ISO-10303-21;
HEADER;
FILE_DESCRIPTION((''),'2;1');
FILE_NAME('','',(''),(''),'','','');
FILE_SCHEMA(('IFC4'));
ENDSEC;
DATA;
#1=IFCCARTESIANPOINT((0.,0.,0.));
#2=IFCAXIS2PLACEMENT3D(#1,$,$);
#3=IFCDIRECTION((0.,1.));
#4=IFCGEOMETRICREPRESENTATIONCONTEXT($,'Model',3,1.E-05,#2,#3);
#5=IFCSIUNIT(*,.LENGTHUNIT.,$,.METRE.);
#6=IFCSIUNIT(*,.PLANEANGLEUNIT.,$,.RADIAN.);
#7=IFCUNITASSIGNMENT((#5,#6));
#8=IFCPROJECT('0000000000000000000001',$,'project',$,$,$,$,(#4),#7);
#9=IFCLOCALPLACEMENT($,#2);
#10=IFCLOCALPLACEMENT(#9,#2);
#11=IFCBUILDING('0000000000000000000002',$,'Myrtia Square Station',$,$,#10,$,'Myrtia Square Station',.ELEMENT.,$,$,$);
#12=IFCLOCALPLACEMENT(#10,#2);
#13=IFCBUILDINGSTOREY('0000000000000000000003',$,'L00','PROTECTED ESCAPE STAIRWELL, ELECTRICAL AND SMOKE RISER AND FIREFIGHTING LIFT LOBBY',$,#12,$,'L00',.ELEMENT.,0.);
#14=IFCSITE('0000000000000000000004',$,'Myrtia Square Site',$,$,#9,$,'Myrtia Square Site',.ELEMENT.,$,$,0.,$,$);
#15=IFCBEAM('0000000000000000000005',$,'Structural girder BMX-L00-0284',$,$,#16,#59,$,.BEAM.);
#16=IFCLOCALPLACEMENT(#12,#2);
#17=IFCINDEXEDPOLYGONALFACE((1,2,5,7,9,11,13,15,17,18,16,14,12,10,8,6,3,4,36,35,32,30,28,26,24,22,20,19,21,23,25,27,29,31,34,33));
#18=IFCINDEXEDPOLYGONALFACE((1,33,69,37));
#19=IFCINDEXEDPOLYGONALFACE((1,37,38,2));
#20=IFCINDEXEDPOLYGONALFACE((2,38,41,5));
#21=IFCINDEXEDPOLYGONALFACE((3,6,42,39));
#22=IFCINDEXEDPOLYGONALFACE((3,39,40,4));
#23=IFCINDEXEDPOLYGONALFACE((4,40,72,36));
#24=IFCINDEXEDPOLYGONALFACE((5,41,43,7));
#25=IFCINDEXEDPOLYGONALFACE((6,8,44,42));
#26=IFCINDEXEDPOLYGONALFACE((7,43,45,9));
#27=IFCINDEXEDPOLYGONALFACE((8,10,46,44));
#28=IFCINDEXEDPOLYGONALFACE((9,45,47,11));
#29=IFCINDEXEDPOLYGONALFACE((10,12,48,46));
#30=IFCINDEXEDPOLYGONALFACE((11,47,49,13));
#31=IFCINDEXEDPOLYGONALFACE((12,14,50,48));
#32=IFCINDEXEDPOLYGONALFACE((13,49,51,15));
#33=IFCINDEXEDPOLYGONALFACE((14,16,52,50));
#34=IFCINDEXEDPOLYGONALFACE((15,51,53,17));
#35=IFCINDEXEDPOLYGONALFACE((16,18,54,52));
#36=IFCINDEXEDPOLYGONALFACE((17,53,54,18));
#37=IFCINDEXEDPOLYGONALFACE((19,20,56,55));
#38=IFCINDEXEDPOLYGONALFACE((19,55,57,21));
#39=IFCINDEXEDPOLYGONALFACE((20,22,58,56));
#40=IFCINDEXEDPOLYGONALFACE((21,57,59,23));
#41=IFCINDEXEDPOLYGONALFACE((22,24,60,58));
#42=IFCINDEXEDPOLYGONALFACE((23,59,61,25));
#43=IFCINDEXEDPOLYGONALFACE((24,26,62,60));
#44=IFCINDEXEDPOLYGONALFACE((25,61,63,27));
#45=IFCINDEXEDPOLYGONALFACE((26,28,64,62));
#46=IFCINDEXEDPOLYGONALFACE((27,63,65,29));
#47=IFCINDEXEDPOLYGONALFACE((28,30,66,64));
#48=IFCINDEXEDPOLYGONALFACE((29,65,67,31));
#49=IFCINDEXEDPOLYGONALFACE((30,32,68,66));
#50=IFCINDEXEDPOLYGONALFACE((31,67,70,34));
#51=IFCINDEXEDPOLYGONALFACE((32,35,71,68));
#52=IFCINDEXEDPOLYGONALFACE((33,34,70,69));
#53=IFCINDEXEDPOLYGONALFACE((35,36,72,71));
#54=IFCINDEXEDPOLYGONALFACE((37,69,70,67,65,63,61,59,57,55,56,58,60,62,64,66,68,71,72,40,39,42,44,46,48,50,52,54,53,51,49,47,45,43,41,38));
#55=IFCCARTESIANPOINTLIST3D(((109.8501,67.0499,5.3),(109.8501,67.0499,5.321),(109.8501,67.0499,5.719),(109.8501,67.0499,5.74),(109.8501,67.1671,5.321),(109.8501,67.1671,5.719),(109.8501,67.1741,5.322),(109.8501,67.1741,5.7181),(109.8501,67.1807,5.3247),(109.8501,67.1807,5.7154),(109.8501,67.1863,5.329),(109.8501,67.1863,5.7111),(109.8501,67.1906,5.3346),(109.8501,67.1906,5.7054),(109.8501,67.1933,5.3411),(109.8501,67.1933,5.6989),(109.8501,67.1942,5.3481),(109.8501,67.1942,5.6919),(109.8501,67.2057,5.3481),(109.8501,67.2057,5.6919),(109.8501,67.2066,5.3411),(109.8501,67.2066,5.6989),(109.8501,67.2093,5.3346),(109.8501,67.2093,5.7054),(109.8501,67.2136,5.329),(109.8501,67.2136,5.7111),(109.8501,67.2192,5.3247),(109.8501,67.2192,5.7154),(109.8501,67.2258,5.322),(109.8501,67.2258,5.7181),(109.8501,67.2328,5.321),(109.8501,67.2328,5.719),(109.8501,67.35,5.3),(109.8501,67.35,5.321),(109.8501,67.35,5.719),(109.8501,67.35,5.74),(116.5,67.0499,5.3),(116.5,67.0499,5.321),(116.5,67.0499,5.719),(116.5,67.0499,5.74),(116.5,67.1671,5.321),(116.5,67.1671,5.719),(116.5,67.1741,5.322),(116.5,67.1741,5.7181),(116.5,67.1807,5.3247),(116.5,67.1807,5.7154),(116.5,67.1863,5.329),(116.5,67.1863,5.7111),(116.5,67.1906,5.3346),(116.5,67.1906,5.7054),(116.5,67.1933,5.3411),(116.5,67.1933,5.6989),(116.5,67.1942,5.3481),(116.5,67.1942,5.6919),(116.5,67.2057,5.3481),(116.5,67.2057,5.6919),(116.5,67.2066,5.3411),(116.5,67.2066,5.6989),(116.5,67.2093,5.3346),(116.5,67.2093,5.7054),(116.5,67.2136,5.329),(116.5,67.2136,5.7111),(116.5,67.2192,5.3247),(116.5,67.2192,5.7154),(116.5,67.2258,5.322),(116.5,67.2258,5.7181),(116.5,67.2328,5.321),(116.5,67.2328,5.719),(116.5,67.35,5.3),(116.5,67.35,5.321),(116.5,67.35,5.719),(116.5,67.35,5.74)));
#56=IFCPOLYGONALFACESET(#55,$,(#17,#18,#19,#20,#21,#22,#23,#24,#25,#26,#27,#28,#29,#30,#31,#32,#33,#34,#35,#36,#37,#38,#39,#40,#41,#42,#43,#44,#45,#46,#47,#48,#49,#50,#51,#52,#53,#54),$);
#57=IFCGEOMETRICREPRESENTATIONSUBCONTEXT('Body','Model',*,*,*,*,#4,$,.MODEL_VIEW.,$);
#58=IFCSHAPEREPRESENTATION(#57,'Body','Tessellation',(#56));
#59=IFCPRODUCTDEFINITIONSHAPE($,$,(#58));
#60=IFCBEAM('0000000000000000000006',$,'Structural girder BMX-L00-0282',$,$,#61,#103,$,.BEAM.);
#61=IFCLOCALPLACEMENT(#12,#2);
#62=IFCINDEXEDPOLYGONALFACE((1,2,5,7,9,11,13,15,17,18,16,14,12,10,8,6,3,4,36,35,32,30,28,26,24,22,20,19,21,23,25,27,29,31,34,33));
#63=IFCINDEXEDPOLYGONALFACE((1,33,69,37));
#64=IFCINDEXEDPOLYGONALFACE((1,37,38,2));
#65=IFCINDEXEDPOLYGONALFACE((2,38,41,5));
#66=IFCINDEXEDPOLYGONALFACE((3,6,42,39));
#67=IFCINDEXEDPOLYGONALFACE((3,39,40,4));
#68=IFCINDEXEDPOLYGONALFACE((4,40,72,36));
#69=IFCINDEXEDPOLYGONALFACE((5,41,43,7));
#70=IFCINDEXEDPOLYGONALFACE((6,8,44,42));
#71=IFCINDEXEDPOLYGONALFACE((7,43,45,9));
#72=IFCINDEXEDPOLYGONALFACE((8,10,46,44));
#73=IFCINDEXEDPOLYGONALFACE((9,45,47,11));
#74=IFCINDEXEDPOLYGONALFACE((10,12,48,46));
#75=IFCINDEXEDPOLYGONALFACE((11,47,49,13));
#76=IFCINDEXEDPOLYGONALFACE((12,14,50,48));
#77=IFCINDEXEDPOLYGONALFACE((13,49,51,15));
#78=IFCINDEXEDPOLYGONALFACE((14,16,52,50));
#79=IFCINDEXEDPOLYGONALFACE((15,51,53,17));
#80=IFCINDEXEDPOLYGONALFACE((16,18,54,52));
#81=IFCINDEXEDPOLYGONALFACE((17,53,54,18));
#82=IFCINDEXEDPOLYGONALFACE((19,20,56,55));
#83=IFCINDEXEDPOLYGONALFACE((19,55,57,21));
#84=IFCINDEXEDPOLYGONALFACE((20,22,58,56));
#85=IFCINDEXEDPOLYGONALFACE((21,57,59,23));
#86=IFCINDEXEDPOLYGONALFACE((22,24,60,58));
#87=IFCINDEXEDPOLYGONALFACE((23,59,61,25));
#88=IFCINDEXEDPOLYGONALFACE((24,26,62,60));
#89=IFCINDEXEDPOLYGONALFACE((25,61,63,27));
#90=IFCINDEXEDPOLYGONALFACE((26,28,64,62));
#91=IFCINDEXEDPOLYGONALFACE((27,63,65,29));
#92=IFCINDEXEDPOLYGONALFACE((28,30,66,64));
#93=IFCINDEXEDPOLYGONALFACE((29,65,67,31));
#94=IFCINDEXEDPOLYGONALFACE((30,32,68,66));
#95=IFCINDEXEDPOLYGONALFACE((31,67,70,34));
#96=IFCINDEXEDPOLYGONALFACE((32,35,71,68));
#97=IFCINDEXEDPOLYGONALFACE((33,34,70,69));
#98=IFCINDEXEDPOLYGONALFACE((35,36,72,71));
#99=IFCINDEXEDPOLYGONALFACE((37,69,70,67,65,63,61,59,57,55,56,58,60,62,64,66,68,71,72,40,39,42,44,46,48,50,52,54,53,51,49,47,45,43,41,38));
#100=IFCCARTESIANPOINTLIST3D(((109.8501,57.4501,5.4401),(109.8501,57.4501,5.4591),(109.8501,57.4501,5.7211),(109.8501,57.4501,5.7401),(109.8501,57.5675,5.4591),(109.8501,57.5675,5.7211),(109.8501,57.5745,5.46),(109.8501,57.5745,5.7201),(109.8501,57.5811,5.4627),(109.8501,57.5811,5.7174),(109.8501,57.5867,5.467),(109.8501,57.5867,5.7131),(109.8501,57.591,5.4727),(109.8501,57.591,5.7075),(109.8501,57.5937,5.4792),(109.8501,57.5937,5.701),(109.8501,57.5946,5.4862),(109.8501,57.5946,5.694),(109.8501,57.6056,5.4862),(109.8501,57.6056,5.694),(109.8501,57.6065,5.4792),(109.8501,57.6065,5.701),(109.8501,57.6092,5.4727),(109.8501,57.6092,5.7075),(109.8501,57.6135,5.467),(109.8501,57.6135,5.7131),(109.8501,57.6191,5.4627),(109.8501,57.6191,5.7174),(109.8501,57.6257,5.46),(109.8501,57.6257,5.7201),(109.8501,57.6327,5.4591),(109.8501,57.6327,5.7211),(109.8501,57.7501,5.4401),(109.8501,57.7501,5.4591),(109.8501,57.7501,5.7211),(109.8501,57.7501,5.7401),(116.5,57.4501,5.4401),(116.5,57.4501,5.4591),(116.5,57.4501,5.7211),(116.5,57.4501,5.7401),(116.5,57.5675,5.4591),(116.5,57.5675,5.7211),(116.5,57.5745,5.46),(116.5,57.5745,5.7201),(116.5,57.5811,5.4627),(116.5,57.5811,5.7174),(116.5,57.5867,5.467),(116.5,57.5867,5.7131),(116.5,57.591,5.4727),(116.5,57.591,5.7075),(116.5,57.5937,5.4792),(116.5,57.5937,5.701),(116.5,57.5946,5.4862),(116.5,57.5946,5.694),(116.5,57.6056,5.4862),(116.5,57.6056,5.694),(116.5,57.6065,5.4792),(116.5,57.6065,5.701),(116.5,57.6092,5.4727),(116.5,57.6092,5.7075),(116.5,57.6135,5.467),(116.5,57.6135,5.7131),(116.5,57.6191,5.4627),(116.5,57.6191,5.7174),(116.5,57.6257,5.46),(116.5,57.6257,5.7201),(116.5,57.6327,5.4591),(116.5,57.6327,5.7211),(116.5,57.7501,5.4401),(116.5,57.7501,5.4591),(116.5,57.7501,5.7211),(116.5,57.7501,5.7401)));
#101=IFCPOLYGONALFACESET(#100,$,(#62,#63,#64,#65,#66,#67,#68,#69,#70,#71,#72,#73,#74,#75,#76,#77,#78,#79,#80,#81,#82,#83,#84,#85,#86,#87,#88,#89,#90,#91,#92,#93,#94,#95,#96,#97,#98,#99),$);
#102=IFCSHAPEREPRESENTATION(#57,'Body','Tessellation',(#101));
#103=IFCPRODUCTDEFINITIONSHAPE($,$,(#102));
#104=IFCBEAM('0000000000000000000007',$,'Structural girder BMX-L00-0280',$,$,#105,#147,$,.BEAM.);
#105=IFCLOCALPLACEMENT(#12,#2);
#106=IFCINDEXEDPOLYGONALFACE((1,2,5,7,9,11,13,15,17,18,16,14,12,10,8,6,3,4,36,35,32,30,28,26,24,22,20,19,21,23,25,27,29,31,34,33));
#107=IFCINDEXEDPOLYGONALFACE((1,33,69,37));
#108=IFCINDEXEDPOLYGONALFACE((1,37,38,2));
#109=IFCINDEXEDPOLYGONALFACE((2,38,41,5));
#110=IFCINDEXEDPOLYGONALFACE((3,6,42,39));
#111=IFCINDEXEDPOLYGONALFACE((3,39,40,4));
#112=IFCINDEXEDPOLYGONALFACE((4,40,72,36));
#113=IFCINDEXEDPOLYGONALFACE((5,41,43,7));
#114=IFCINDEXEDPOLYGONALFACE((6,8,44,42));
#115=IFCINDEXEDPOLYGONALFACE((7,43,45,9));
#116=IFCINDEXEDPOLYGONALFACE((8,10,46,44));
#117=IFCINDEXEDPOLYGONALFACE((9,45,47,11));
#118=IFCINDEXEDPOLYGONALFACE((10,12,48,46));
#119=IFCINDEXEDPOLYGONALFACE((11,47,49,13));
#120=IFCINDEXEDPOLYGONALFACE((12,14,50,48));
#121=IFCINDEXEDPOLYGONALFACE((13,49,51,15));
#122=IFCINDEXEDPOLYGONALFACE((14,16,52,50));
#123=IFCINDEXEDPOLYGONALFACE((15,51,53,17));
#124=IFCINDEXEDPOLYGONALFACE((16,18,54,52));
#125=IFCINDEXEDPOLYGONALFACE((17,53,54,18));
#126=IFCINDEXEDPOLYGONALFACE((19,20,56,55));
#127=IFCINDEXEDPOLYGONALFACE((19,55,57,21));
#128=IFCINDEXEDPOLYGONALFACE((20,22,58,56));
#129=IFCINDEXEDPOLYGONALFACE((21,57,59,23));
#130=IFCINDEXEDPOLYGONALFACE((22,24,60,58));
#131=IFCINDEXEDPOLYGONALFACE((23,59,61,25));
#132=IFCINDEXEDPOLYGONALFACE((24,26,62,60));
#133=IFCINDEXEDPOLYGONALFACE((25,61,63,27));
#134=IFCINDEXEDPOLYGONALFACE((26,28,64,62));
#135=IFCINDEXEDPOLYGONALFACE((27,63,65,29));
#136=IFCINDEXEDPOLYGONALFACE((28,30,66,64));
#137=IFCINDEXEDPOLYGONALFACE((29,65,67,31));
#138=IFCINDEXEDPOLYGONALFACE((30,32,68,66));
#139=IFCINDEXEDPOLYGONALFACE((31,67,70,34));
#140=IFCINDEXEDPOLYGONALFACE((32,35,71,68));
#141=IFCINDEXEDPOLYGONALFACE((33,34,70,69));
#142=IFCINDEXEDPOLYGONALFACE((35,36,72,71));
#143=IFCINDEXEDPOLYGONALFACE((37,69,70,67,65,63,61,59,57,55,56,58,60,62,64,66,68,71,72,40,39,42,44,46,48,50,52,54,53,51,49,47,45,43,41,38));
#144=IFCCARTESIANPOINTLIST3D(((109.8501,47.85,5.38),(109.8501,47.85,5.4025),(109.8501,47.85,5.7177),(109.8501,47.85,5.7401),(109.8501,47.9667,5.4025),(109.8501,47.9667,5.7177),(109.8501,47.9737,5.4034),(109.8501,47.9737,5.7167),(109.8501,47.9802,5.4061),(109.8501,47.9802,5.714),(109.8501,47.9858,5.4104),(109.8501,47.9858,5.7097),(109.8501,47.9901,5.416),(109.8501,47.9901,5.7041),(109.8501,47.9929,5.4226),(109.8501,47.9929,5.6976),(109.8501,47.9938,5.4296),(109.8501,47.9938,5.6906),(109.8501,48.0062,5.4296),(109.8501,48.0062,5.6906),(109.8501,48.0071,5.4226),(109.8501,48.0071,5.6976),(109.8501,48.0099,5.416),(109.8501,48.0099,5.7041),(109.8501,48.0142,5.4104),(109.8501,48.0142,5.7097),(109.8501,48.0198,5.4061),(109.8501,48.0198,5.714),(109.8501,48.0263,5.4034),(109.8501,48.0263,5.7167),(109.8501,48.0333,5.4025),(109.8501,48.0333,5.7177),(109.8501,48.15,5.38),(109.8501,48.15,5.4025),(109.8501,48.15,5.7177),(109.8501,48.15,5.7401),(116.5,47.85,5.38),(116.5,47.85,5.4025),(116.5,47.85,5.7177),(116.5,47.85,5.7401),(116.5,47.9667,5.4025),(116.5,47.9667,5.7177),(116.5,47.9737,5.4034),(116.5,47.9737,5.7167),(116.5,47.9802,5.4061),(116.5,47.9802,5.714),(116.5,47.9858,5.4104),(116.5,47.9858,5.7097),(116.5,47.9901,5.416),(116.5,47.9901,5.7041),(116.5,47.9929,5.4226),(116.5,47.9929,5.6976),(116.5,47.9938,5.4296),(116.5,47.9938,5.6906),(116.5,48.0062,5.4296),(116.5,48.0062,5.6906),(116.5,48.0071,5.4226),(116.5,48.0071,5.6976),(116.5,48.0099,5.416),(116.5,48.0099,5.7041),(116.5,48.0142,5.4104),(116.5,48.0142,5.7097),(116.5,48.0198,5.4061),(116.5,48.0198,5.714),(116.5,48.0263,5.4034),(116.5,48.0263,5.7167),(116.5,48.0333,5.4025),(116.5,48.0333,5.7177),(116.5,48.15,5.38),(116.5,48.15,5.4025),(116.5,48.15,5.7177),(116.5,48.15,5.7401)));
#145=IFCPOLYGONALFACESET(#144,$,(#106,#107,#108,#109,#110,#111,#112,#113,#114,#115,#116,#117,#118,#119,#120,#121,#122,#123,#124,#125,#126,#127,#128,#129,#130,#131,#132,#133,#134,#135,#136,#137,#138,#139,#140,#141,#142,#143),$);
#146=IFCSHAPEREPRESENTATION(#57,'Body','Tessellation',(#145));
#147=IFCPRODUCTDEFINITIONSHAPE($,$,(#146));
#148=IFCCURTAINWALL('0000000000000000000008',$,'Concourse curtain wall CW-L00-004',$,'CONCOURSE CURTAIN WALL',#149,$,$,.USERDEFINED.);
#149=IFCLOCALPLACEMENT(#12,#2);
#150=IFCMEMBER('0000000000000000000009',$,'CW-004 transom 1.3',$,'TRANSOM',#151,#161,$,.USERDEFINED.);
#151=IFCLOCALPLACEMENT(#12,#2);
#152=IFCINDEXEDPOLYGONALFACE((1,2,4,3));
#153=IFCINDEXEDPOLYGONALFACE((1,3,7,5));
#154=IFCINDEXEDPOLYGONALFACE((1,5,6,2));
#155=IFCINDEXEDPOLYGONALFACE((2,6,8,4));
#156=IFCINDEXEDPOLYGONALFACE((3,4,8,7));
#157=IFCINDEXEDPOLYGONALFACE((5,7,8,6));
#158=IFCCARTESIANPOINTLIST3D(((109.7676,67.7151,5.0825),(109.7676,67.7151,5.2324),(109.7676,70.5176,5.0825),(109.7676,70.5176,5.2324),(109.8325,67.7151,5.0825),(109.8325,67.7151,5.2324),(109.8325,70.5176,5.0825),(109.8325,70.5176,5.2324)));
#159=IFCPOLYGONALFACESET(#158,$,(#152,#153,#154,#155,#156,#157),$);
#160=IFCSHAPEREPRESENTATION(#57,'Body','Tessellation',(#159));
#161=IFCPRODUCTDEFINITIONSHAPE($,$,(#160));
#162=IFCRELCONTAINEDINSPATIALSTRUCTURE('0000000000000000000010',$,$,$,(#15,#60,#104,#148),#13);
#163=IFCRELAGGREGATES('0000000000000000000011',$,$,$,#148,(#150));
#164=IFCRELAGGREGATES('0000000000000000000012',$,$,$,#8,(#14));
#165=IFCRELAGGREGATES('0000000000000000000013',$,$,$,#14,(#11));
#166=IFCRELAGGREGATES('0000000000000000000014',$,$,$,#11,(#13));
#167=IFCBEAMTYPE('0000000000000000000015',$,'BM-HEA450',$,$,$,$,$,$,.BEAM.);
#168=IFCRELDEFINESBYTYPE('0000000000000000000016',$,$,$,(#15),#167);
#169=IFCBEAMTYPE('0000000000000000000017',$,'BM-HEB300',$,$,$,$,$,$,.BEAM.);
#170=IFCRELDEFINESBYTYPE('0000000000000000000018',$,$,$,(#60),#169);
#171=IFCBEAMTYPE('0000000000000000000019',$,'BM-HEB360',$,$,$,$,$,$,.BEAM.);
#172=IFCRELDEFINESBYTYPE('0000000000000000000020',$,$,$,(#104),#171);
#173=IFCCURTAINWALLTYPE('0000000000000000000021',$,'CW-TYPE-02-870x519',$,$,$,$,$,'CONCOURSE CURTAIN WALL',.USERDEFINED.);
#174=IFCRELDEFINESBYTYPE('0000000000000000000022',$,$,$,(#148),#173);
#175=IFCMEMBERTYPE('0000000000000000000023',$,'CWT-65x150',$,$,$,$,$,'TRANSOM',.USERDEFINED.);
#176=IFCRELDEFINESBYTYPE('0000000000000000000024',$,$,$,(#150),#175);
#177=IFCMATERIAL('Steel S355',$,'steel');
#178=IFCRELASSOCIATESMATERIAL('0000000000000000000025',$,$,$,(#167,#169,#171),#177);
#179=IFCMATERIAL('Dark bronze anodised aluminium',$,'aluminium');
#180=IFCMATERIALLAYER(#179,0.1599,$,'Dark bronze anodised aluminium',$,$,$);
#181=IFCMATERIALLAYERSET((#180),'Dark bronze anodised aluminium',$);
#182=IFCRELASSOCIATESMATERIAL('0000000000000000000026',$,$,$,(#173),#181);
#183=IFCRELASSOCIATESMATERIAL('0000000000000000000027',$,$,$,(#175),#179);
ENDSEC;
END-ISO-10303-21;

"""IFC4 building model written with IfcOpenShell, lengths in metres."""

from ifc_helpers import new_model, si_unit, direction, frame, origin, origin_2d, place, context, subcontext, project, spatial, rectangle, i_section, extrude, material, layer, layer_set, material_profile, profile_set, type_object, element, aggregate, save


model = new_model("IFC4")

# Units and contexts
model_context = context("Model", 3, precision=1e-05, world=origin(), true_north=direction((0.0, 1.0)))
body_context = subcontext(model_context, "Body", "Model", "MODEL_VIEW")
ifc_project = project(units=[si_unit("LENGTHUNIT", "METRE"), si_unit("PLANEANGLEUNIT", "RADIAN")], contexts=[model_context])

# Site, building, storey
site_placement = place(None, origin())
site = spatial("IfcSite", under=ifc_project, at=site_placement, Name="Myrtia Square Site", LongName="Myrtia Square Site", CompositionType="ELEMENT", RefElevation=0.0)
building_placement = place(site_placement, origin())
building = spatial("IfcBuilding", under=site, at=building_placement, Name="Myrtia Square Station", LongName="Myrtia Square Station", CompositionType="ELEMENT")
storey_placement = place(building_placement, origin())
storey = spatial("IfcBuildingStorey", under=building, at=storey_placement, Name="L00", Description="PROTECTED ESCAPE STAIRWELL, ELECTRICAL AND SMOKE RISER AND FIREFIGHTING LIFT LOBBY", LongName="L00", CompositionType="ELEMENT", Elevation=0.0)

# Beams
ifc_material_1 = material(Name="Steel S355", Category="steel")
ifc_material_profile_1 = material_profile(ifc_material_1, i_section(OverallWidth=0.3, OverallDepth=0.4399, WebThickness=0.0115, FlangeThickness=0.021, FilletRadius=0.0271, at=origin_2d()), Name="HEA 450")
ifc_profile_set_1 = profile_set([ifc_material_profile_1], Name="Steel S355")
beam_type_1 = type_object("IfcBeamType", Name="BM-HEA450", PredefinedType="BEAM", material=ifc_profile_set_1)
beam_1_placement = place(storey_placement, frame((109.8501, 67.2, 5.52), z_axis=(1.0, 0.0, 0.0), x_axis=(0.0, 1.0, 0.0)))
element("IfcBeam", 1, at=beam_1_placement, inside=storey, type_object=beam_type_1, Name="Structural girder BMX-L00-0284", PredefinedType="BEAM", context=body_context, shape_type="SweptSolid", body=[
    extrude(i_section(OverallWidth=0.3, OverallDepth=0.4399, WebThickness=0.0115, FlangeThickness=0.021, FilletRadius=0.0271, at=origin_2d()), origin(), (0.0, 0.0, 1.0), 6.6499),
])
ifc_material_profile_2 = material_profile(ifc_material_1, i_section(OverallWidth=0.3, OverallDepth=0.3, WebThickness=0.011, FlangeThickness=0.019, FilletRadius=0.0271, at=origin_2d()), Name="HEB 300")
ifc_profile_set_2 = profile_set([ifc_material_profile_2], Name="Steel S355")
beam_type_2 = type_object("IfcBeamType", Name="BM-HEB300", PredefinedType="BEAM", material=ifc_profile_set_2)
beam_2_placement = place(storey_placement, frame((109.8501, 57.6001, 5.5901), z_axis=(1.0, 0.0, 0.0), x_axis=(0.0, 1.0, 0.0)))
element("IfcBeam", 2, at=beam_2_placement, inside=storey, type_object=beam_type_2, Name="Structural girder BMX-L00-0282", PredefinedType="BEAM", context=body_context, shape_type="SweptSolid", body=[
    extrude(i_section(OverallWidth=0.3, OverallDepth=0.3, WebThickness=0.011, FlangeThickness=0.019, FilletRadius=0.0271, at=origin_2d()), origin(), (0.0, 0.0, 1.0), 6.6499),
])
ifc_material_profile_3 = material_profile(ifc_material_1, i_section(OverallWidth=0.3, OverallDepth=0.3601, WebThickness=0.0125, FlangeThickness=0.0225, FilletRadius=0.0271, at=origin_2d()), Name="HEB 360")
ifc_profile_set_3 = profile_set([ifc_material_profile_3], Name="Steel S355")
beam_type_3 = type_object("IfcBeamType", Name="BM-HEB360", PredefinedType="BEAM", material=ifc_profile_set_3)
beam_3_placement = place(storey_placement, frame((109.8501, 48.0, 5.5601), z_axis=(1.0, 0.0, 0.0), x_axis=(0.0, 1.0, 0.0)))
element("IfcBeam", 3, at=beam_3_placement, inside=storey, type_object=beam_type_3, Name="Structural girder BMX-L00-0280", PredefinedType="BEAM", context=body_context, shape_type="SweptSolid", body=[
    extrude(i_section(OverallWidth=0.3, OverallDepth=0.3601, WebThickness=0.0125, FlangeThickness=0.0225, FilletRadius=0.0271, at=origin_2d()), origin(), (0.0, 0.0, 1.0), 6.6499),
])

# Curtain wall, member
ifc_material_2 = material(Name="Dark bronze anodised aluminium", Category="aluminium")
ifc_layer_1 = layer(ifc_material_2, 0.1599, Name="Dark bronze anodised aluminium")
ifc_layer_set_1 = layer_set([ifc_layer_1], Name="Dark bronze anodised aluminium")
curtain_wall_type = type_object("IfcCurtainWallType", Name="CW-TYPE-02-870x519", ElementType="CONCOURSE CURTAIN WALL", PredefinedType="USERDEFINED", material=ifc_layer_set_1)
curtain_wall_placement = place(storey_placement, origin())
curtain_wall = element("IfcCurtainWall", 4, at=curtain_wall_placement, inside=storey, type_object=curtain_wall_type, Name="Concourse curtain wall CW-L00-004", ObjectType="CONCOURSE CURTAIN WALL", PredefinedType="USERDEFINED")
ifc_material_profile_4 = material_profile(ifc_material_2, rectangle(XDim=0.0649, YDim=0.1499, at=origin_2d()), Name="ALU-T 65x150")
ifc_profile_set_4 = profile_set([ifc_material_profile_4], Name="Dark bronze anodised aluminium")
member_type = type_object("IfcMemberType", Name="CWT-65x150", ElementType="TRANSOM", PredefinedType="USERDEFINED", material=ifc_profile_set_4)
member_placement = place(storey_placement, frame((109.8, 67.7151, 5.1575), z_axis=(0.0, 1.0, 0.0), x_axis=(-1.0, 0.0, 0.0)))
member = element("IfcMember", 5, at=member_placement, type_object=member_type, Name="CW-004 transom 1.3", ObjectType="TRANSOM", PredefinedType="USERDEFINED", context=body_context, shape_type="SweptSolid", body=[
    extrude(rectangle(XDim=0.0649, YDim=0.1499, at=origin_2d()), origin(), (0.0, 0.0, 1.0), 2.8025),
])

aggregate(curtain_wall, [member])

save(model, "model.ifc")
